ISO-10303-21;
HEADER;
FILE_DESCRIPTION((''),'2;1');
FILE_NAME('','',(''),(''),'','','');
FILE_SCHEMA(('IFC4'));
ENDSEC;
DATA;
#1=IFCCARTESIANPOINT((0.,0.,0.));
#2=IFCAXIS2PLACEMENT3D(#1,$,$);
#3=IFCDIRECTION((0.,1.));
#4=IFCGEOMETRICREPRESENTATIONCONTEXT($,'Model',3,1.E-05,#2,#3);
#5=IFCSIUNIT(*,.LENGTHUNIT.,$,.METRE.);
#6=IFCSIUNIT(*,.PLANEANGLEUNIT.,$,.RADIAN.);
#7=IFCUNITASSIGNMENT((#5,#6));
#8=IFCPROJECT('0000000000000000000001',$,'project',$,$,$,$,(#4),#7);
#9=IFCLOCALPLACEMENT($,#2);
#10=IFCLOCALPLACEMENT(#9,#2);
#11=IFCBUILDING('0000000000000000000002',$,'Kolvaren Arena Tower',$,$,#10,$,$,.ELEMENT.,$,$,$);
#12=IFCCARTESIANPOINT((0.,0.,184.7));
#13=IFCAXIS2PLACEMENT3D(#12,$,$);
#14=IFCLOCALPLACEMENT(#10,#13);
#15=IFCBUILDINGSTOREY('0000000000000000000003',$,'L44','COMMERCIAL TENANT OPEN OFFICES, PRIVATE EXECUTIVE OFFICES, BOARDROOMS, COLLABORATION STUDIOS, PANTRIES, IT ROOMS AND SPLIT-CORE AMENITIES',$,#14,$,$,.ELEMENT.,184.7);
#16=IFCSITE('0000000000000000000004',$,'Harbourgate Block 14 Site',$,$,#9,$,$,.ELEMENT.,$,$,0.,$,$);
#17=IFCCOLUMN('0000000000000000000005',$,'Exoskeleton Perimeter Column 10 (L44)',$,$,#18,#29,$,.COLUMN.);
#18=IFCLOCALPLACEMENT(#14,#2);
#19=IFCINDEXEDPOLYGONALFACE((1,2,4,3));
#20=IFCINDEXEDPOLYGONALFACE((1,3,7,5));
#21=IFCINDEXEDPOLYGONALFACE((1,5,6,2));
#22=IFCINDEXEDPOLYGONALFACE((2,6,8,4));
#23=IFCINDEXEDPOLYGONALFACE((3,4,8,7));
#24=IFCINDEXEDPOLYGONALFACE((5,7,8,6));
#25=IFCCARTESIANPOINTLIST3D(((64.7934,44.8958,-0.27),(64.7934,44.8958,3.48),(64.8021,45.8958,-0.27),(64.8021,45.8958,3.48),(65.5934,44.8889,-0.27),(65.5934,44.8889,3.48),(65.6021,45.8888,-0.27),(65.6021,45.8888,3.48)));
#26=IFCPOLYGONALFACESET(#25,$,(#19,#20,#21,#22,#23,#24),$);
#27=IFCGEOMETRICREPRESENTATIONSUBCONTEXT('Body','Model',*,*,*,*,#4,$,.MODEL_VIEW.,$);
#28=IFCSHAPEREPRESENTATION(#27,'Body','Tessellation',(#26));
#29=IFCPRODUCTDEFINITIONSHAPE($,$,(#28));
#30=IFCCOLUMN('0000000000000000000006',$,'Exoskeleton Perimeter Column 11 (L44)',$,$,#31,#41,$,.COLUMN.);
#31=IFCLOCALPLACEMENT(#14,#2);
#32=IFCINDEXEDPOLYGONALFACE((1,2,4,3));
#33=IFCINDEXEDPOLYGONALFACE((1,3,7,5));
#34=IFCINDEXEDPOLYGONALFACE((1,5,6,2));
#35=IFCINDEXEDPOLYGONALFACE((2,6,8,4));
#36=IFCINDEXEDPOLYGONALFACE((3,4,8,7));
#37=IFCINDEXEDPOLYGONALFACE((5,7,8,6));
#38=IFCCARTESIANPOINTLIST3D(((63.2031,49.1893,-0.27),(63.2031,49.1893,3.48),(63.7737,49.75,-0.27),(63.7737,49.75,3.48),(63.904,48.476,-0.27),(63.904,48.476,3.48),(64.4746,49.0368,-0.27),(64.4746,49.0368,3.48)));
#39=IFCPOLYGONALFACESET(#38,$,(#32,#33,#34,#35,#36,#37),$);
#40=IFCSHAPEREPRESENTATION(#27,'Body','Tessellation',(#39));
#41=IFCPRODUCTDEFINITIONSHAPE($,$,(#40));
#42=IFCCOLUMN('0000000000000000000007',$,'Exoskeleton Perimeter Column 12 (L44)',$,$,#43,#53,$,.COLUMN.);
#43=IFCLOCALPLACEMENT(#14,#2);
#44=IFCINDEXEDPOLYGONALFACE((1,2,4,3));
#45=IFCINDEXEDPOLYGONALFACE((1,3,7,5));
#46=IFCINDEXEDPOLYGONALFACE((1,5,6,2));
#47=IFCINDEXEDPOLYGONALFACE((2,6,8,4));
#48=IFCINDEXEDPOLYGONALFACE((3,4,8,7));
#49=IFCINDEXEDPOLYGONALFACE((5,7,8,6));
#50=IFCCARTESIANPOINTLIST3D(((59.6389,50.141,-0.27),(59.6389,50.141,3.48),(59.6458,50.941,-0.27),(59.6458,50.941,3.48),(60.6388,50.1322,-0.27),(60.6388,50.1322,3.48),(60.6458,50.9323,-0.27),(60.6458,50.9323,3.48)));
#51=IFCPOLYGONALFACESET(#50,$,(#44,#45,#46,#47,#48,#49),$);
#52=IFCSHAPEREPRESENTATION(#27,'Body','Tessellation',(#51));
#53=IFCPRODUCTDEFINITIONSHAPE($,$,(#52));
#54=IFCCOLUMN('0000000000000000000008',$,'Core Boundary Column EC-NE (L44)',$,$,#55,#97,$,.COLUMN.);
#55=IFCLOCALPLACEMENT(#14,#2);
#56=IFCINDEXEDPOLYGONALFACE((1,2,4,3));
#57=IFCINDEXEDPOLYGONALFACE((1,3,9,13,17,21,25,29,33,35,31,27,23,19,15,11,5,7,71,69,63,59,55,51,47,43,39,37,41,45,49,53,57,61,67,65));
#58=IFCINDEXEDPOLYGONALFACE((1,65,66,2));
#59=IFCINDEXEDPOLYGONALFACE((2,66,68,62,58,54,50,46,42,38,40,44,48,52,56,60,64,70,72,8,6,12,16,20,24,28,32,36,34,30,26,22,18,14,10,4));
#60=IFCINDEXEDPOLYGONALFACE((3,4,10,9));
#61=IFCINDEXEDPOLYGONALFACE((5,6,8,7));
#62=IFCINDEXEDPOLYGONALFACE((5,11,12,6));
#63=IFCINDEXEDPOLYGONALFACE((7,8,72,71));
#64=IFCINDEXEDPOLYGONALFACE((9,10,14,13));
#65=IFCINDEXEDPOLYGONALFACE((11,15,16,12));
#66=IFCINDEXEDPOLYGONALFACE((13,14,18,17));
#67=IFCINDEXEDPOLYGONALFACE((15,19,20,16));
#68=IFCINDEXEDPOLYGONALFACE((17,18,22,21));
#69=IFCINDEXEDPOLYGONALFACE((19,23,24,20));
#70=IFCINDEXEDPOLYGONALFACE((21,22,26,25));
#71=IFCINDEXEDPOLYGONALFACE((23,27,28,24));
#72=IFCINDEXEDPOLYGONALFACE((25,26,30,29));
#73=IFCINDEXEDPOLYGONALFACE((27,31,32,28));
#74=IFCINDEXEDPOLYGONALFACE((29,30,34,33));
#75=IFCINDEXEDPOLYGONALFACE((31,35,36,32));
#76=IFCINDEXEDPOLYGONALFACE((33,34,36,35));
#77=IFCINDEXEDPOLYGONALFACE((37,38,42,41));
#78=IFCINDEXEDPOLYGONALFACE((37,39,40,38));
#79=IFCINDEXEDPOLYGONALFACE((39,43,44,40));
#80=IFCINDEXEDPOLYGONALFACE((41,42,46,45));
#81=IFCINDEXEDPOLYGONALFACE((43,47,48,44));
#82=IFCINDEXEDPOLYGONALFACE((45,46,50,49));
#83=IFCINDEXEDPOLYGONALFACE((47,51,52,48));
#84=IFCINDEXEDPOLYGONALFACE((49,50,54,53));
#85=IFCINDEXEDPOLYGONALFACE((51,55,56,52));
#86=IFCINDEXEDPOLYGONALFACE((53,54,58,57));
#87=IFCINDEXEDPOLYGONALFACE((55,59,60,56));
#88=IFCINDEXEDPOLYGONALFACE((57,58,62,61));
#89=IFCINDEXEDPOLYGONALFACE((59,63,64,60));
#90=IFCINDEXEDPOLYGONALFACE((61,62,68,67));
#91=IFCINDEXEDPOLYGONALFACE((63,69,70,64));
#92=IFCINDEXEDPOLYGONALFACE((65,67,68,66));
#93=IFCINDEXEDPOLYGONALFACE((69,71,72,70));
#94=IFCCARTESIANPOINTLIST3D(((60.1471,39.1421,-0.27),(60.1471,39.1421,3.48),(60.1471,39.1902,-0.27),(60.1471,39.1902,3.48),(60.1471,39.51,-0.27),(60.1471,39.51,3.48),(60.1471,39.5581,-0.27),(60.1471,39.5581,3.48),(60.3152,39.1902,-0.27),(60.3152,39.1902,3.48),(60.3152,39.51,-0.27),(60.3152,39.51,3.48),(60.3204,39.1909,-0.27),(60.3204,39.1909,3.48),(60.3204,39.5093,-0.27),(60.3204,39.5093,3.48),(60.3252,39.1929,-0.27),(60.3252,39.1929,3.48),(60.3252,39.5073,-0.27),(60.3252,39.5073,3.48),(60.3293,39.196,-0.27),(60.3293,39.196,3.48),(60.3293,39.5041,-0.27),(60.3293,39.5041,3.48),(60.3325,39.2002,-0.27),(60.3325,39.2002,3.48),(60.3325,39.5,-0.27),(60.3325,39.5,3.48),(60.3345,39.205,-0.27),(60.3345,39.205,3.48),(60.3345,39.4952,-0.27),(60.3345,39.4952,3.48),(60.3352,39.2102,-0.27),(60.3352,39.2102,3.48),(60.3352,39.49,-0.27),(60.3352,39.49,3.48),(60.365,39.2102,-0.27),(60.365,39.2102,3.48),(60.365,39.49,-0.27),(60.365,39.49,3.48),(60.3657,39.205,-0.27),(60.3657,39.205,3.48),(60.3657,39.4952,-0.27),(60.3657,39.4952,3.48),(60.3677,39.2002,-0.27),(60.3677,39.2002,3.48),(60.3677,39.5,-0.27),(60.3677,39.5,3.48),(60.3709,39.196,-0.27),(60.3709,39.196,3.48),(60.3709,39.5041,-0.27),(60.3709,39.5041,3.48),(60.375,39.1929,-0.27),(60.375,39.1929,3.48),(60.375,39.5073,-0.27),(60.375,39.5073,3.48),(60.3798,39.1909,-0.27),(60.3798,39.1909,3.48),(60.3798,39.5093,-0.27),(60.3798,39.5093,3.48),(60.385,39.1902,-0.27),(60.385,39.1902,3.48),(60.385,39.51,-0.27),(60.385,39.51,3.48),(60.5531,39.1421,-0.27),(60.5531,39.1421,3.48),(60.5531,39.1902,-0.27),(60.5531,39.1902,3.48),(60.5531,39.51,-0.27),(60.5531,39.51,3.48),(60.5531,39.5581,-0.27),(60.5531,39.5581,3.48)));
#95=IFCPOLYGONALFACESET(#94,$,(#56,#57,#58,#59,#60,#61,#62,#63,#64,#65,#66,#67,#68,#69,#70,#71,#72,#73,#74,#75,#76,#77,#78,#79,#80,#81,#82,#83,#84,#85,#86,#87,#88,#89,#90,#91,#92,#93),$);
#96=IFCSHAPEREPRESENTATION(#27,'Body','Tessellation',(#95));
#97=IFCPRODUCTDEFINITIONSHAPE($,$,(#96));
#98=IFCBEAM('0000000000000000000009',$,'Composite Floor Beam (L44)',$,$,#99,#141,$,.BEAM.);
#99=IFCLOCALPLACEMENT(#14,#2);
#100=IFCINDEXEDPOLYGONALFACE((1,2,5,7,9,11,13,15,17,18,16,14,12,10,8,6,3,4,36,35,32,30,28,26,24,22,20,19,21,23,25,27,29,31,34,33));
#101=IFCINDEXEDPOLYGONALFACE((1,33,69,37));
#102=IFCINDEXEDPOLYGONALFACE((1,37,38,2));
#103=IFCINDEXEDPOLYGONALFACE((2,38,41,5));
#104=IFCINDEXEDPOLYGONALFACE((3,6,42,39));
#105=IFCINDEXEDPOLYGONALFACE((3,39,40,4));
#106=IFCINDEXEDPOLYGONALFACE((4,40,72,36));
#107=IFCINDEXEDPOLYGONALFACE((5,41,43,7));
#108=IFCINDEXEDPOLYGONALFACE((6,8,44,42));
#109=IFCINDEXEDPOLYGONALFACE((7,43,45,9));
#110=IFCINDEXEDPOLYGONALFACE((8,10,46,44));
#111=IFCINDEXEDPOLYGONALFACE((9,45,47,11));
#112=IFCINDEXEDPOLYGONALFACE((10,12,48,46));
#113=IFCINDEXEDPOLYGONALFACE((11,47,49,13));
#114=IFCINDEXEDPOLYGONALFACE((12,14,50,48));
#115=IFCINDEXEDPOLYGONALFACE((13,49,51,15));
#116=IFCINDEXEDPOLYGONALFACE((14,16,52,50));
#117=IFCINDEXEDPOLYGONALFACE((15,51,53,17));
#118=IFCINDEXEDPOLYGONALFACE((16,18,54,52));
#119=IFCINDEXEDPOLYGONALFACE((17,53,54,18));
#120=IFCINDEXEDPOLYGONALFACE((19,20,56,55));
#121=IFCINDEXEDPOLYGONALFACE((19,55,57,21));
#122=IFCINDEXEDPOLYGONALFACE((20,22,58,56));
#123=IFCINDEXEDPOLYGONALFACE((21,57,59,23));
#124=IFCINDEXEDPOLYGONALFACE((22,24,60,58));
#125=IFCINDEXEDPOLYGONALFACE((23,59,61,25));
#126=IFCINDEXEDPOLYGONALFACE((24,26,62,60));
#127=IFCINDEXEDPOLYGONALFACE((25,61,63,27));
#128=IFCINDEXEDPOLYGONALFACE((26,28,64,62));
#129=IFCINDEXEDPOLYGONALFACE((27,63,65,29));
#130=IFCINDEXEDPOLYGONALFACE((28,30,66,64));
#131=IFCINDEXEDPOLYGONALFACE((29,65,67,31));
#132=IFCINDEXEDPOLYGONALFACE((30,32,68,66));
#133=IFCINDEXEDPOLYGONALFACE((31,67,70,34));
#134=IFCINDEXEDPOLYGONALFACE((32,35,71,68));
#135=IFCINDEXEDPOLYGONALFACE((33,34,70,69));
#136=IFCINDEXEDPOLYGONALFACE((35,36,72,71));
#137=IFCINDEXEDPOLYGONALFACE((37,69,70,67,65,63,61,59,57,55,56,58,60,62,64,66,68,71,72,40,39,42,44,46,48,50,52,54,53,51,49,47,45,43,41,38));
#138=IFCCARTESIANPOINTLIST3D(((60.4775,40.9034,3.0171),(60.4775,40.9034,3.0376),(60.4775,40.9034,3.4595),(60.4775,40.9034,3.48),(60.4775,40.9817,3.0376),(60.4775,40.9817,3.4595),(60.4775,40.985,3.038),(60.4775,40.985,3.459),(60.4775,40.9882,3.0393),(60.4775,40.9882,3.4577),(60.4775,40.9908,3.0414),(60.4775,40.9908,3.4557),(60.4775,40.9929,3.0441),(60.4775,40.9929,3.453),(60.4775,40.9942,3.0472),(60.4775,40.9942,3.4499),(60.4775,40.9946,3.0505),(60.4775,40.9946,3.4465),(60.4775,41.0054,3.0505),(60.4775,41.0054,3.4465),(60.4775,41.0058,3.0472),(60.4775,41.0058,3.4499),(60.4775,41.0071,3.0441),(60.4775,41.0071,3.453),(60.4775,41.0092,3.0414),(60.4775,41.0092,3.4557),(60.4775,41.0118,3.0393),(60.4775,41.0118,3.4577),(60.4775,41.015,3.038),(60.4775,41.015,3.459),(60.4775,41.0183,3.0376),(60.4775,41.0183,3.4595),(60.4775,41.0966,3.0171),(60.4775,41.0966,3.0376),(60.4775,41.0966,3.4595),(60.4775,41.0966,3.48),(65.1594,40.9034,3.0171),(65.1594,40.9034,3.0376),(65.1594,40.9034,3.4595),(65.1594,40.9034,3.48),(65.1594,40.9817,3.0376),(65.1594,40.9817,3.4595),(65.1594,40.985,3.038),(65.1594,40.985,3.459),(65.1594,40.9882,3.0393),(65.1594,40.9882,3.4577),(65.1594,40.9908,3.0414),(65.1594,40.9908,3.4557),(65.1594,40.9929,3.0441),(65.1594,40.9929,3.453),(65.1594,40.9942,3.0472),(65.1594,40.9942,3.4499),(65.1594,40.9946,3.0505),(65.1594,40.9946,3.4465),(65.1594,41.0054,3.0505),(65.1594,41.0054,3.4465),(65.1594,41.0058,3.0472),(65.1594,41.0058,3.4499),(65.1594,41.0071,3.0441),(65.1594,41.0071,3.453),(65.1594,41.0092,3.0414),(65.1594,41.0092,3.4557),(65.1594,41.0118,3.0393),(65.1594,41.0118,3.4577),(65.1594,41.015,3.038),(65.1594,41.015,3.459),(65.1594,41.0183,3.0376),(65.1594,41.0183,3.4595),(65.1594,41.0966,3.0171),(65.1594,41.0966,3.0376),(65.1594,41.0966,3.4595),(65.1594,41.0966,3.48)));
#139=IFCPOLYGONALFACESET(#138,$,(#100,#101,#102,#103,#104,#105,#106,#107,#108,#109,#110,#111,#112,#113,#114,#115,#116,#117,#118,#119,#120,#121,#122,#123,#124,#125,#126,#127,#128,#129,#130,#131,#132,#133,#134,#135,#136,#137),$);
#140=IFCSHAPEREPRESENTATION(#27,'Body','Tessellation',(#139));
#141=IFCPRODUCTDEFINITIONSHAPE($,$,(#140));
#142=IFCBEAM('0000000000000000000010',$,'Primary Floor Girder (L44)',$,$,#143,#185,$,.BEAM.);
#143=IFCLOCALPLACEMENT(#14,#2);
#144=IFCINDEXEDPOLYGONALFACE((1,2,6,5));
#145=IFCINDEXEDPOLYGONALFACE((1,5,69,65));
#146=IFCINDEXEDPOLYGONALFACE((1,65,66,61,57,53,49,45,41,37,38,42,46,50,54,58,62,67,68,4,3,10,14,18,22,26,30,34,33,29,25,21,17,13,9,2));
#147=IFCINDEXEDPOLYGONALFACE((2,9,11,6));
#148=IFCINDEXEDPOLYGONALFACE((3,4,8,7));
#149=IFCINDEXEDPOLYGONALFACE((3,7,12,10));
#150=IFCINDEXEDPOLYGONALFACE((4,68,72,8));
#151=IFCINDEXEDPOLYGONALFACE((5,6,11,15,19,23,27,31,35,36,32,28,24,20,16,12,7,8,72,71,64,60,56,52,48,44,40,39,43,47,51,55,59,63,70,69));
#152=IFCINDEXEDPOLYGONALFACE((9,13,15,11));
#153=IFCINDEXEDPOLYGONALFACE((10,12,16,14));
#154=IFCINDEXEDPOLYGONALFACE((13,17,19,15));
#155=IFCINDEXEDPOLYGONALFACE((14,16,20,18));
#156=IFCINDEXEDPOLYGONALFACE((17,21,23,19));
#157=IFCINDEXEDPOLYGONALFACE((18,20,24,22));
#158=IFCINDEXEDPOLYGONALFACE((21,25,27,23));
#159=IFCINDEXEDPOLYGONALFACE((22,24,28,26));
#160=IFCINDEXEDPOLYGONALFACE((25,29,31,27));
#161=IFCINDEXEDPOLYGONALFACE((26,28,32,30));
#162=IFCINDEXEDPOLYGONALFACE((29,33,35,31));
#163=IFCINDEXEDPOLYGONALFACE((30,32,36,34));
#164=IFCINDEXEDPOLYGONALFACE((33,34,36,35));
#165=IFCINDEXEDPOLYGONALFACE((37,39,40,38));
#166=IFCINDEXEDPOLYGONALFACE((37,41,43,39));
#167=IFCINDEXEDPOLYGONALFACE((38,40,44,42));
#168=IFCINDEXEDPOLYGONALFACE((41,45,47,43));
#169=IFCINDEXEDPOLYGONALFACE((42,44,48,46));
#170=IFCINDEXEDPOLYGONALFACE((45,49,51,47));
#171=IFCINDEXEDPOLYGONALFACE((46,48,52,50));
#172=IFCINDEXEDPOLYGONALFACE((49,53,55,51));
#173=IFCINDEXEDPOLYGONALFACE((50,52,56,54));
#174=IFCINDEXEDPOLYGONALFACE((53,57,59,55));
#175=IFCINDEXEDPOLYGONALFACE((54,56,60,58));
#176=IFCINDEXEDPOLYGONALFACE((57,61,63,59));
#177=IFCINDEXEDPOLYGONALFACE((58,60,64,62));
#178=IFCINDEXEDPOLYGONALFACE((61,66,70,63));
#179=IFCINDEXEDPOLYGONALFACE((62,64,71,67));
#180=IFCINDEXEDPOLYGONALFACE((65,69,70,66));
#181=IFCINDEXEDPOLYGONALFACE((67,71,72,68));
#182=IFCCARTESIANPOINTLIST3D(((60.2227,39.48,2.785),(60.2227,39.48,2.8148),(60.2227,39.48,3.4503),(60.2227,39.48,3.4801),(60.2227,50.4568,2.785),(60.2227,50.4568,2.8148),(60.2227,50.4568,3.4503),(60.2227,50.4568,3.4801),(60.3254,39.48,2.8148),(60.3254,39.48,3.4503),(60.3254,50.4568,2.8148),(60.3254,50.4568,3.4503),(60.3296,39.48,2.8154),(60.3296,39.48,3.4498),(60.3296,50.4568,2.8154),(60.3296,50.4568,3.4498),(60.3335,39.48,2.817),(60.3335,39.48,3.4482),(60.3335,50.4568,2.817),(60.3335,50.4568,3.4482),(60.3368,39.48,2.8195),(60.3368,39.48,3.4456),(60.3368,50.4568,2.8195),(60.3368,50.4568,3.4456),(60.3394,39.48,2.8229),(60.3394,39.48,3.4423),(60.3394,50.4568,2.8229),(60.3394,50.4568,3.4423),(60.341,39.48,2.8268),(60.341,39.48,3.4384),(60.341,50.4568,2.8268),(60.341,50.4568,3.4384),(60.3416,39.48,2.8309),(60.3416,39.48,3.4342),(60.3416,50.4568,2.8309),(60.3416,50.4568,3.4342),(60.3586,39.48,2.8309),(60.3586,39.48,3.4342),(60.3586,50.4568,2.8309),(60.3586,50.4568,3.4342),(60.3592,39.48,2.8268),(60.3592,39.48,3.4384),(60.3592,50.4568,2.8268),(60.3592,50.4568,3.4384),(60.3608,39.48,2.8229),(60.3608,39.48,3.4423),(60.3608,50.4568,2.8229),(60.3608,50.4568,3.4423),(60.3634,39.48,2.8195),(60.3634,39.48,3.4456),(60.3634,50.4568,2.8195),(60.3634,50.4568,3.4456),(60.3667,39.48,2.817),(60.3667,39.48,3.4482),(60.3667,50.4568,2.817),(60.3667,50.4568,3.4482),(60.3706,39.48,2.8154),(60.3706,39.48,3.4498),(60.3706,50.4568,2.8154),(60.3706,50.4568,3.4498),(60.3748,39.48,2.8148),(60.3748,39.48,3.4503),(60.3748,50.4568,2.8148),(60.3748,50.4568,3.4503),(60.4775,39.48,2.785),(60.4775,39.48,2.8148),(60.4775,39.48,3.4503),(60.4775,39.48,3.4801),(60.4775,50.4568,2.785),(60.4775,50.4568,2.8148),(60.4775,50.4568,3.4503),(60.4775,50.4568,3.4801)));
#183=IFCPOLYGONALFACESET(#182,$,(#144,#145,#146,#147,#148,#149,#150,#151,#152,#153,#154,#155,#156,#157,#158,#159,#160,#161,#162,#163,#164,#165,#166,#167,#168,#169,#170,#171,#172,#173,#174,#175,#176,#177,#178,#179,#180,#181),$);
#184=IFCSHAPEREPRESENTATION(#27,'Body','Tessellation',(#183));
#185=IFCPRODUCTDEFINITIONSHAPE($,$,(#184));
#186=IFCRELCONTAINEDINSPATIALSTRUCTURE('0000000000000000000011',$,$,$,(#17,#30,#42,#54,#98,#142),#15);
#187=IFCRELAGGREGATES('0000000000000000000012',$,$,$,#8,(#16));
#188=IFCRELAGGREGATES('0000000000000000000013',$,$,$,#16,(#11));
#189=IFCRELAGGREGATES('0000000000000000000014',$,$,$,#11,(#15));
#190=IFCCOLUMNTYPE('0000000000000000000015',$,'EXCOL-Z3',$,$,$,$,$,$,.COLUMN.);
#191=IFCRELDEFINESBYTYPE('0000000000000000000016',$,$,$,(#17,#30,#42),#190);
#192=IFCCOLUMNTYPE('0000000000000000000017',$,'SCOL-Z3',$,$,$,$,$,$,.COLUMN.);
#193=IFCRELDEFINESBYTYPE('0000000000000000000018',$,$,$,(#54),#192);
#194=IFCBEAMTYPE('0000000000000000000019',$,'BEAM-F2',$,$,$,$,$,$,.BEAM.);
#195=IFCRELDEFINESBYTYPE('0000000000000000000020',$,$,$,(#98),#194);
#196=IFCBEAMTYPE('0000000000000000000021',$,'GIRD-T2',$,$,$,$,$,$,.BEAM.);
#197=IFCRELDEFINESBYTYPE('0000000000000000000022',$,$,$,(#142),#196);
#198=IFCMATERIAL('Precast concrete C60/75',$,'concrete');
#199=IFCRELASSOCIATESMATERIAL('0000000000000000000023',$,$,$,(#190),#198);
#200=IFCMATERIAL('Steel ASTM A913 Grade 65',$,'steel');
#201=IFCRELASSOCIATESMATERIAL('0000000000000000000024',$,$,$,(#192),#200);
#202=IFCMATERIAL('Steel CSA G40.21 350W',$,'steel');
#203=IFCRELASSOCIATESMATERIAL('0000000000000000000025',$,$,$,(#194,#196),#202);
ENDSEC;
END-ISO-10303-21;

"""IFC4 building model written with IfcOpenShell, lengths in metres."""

from ifc_helpers import new_model, si_unit, direction, frame, origin, origin_2d, place, context, subcontext, project, spatial, rectangle, i_section, extrude, material, material_profile, profile_set, type_object, element, save


model = new_model("IFC4")

# Units and contexts
model_context = context("Model", 3, precision=1e-05, world=origin(), true_north=direction((0.0, 1.0)))
body_context = subcontext(model_context, "Body", "Model", "MODEL_VIEW")
ifc_project = project(units=[si_unit("LENGTHUNIT", "METRE"), si_unit("PLANEANGLEUNIT", "RADIAN")], contexts=[model_context])

# Site, building, storey
site_placement = place(None, origin())
site = spatial("IfcSite", under=ifc_project, at=site_placement, Name="Harbourgate Block 14 Site", CompositionType="ELEMENT", RefElevation=0.0)
building_placement = place(site_placement, origin())
building = spatial("IfcBuilding", under=site, at=building_placement, Name="Kolvaren Arena Tower", CompositionType="ELEMENT")
storey_placement = place(building_placement, frame((0.0, 0.0, 184.7)))
storey = spatial("IfcBuildingStorey", under=building, at=storey_placement, Name="L44", Description="COMMERCIAL TENANT OPEN OFFICES, PRIVATE EXECUTIVE OFFICES, BOARDROOMS, COLLABORATION STUDIOS, PANTRIES, IT ROOMS AND SPLIT-CORE AMENITIES", CompositionType="ELEMENT", Elevation=184.7)

# Columns
ifc_material_1 = material(Name="Precast concrete C60/75", Category="concrete")
ifc_material_profile_1 = material_profile(ifc_material_1, rectangle(XDim=1.0, YDim=0.8, at=origin_2d()), Name="RC-1000x800")
ifc_profile_set_1 = profile_set([ifc_material_profile_1], Name="Precast concrete C60/75")
column_type_1 = type_object("IfcColumnType", Name="EXCOL-Z3", PredefinedType="COLUMN", material=ifc_profile_set_1)
for number, where, z_axis, x_axis, name in (
    (1, (65.1978, 45.3923, -0.27), (0.0, 0.0, 1.0), (0.008727, 0.999962, 0.0), "Exoskeleton Perimeter Column 10 (L44)"),
    (2, (63.8389, 49.113, -0.27), (0.0, 0.0, 1.0), (-0.700909, 0.71325, 0.0), "Exoskeleton Perimeter Column 11 (L44)"),
    (3, (60.1423, 50.5366, -0.27), (0.0, 0.0, 1.0), (0.999962, -0.008727, 0.0), "Exoskeleton Perimeter Column 12 (L44)"),
):
    element("IfcColumn", number, at=place(storey_placement, frame(where, z_axis=z_axis, x_axis=x_axis)), inside=storey, type_object=column_type_1, Name=name, PredefinedType="COLUMN", context=body_context, shape_type="SweptSolid", body=[
        extrude(rectangle(XDim=1.0, YDim=0.8, at=origin_2d()), origin(), (0.0, 0.0, 1.0), 3.75),
    ])
ifc_material_2 = material(Name="Steel ASTM A913 Grade 65", Category="steel")
ifc_material_profile_2 = material_profile(ifc_material_2, i_section(OverallWidth=0.406, OverallDepth=0.416, WebThickness=0.0298, FlangeThickness=0.0481, FilletRadius=0.02, at=origin_2d()), Name="W360x382")
ifc_profile_set_2 = profile_set([ifc_material_profile_2], Name="Steel ASTM A913 Grade 65")
column_type_2 = type_object("IfcColumnType", Name="SCOL-Z3", PredefinedType="COLUMN", material=ifc_profile_set_2)
column_placement = place(storey_placement, frame((60.3501, 39.3501, -0.27), z_axis=(0.0, 0.0, 1.0), x_axis=(1.0, 0.0, 0.0)))
element("IfcColumn", 4, at=column_placement, inside=storey, type_object=column_type_2, Name="Core Boundary Column EC-NE (L44)", PredefinedType="COLUMN", context=body_context, shape_type="SweptSolid", body=[
    extrude(i_section(OverallWidth=0.406, OverallDepth=0.416, WebThickness=0.0298, FlangeThickness=0.0481, FilletRadius=0.02, at=origin_2d()), origin(), (0.0, 0.0, 1.0), 3.75),
])

# Beams
ifc_material_3 = material(Name="Steel CSA G40.21 350W", Category="steel")
ifc_material_profile_3 = material_profile(ifc_material_3, i_section(OverallWidth=0.1931, OverallDepth=0.4629, WebThickness=0.0107, FlangeThickness=0.0205, FilletRadius=0.0129, at=origin_2d()), Name="W460x113")
ifc_profile_set_3 = profile_set([ifc_material_profile_3], Name="Steel CSA G40.21 350W")
beam_type_1 = type_object("IfcBeamType", Name="BEAM-F2", PredefinedType="BEAM", material=ifc_profile_set_3)
beam_1_placement = place(storey_placement, frame((60.4775, 41.0, 3.2485), z_axis=(1.0, 0.0, 0.0), x_axis=(0.0, 1.0, 0.0)))
element("IfcBeam", 5, at=beam_1_placement, inside=storey, type_object=beam_type_1, Name="Composite Floor Beam (L44)", PredefinedType="BEAM", context=body_context, shape_type="SweptSolid", body=[
    extrude(i_section(OverallWidth=0.1931, OverallDepth=0.4629, WebThickness=0.0107, FlangeThickness=0.0205, FilletRadius=0.0129, at=origin_2d()), origin(), (0.0, 0.0, 1.0), 4.6819),
])
ifc_material_profile_4 = material_profile(ifc_material_3, i_section(OverallWidth=0.2549, OverallDepth=0.6951, WebThickness=0.0171, FlangeThickness=0.0298, FilletRadius=0.0161, at=origin_2d()), Name="W690x217")
ifc_profile_set_4 = profile_set([ifc_material_profile_4], Name="Steel CSA G40.21 350W")
beam_type_2 = type_object("IfcBeamType", Name="GIRD-T2", PredefinedType="BEAM", material=ifc_profile_set_4)
beam_2_placement = place(storey_placement, frame((60.3501, 39.48, 3.1326), z_axis=(0.0, 1.0, 0.0), x_axis=(-1.0, 0.0, 0.0)))
element("IfcBeam", 6, at=beam_2_placement, inside=storey, type_object=beam_type_2, Name="Primary Floor Girder (L44)", PredefinedType="BEAM", context=body_context, shape_type="SweptSolid", body=[
    extrude(i_section(OverallWidth=0.2549, OverallDepth=0.6951, WebThickness=0.0171, FlangeThickness=0.0298, FilletRadius=0.0161, at=origin_2d()), origin(), (0.0, 0.0, 1.0), 10.9768),
])

save(model, "model.ifc")
